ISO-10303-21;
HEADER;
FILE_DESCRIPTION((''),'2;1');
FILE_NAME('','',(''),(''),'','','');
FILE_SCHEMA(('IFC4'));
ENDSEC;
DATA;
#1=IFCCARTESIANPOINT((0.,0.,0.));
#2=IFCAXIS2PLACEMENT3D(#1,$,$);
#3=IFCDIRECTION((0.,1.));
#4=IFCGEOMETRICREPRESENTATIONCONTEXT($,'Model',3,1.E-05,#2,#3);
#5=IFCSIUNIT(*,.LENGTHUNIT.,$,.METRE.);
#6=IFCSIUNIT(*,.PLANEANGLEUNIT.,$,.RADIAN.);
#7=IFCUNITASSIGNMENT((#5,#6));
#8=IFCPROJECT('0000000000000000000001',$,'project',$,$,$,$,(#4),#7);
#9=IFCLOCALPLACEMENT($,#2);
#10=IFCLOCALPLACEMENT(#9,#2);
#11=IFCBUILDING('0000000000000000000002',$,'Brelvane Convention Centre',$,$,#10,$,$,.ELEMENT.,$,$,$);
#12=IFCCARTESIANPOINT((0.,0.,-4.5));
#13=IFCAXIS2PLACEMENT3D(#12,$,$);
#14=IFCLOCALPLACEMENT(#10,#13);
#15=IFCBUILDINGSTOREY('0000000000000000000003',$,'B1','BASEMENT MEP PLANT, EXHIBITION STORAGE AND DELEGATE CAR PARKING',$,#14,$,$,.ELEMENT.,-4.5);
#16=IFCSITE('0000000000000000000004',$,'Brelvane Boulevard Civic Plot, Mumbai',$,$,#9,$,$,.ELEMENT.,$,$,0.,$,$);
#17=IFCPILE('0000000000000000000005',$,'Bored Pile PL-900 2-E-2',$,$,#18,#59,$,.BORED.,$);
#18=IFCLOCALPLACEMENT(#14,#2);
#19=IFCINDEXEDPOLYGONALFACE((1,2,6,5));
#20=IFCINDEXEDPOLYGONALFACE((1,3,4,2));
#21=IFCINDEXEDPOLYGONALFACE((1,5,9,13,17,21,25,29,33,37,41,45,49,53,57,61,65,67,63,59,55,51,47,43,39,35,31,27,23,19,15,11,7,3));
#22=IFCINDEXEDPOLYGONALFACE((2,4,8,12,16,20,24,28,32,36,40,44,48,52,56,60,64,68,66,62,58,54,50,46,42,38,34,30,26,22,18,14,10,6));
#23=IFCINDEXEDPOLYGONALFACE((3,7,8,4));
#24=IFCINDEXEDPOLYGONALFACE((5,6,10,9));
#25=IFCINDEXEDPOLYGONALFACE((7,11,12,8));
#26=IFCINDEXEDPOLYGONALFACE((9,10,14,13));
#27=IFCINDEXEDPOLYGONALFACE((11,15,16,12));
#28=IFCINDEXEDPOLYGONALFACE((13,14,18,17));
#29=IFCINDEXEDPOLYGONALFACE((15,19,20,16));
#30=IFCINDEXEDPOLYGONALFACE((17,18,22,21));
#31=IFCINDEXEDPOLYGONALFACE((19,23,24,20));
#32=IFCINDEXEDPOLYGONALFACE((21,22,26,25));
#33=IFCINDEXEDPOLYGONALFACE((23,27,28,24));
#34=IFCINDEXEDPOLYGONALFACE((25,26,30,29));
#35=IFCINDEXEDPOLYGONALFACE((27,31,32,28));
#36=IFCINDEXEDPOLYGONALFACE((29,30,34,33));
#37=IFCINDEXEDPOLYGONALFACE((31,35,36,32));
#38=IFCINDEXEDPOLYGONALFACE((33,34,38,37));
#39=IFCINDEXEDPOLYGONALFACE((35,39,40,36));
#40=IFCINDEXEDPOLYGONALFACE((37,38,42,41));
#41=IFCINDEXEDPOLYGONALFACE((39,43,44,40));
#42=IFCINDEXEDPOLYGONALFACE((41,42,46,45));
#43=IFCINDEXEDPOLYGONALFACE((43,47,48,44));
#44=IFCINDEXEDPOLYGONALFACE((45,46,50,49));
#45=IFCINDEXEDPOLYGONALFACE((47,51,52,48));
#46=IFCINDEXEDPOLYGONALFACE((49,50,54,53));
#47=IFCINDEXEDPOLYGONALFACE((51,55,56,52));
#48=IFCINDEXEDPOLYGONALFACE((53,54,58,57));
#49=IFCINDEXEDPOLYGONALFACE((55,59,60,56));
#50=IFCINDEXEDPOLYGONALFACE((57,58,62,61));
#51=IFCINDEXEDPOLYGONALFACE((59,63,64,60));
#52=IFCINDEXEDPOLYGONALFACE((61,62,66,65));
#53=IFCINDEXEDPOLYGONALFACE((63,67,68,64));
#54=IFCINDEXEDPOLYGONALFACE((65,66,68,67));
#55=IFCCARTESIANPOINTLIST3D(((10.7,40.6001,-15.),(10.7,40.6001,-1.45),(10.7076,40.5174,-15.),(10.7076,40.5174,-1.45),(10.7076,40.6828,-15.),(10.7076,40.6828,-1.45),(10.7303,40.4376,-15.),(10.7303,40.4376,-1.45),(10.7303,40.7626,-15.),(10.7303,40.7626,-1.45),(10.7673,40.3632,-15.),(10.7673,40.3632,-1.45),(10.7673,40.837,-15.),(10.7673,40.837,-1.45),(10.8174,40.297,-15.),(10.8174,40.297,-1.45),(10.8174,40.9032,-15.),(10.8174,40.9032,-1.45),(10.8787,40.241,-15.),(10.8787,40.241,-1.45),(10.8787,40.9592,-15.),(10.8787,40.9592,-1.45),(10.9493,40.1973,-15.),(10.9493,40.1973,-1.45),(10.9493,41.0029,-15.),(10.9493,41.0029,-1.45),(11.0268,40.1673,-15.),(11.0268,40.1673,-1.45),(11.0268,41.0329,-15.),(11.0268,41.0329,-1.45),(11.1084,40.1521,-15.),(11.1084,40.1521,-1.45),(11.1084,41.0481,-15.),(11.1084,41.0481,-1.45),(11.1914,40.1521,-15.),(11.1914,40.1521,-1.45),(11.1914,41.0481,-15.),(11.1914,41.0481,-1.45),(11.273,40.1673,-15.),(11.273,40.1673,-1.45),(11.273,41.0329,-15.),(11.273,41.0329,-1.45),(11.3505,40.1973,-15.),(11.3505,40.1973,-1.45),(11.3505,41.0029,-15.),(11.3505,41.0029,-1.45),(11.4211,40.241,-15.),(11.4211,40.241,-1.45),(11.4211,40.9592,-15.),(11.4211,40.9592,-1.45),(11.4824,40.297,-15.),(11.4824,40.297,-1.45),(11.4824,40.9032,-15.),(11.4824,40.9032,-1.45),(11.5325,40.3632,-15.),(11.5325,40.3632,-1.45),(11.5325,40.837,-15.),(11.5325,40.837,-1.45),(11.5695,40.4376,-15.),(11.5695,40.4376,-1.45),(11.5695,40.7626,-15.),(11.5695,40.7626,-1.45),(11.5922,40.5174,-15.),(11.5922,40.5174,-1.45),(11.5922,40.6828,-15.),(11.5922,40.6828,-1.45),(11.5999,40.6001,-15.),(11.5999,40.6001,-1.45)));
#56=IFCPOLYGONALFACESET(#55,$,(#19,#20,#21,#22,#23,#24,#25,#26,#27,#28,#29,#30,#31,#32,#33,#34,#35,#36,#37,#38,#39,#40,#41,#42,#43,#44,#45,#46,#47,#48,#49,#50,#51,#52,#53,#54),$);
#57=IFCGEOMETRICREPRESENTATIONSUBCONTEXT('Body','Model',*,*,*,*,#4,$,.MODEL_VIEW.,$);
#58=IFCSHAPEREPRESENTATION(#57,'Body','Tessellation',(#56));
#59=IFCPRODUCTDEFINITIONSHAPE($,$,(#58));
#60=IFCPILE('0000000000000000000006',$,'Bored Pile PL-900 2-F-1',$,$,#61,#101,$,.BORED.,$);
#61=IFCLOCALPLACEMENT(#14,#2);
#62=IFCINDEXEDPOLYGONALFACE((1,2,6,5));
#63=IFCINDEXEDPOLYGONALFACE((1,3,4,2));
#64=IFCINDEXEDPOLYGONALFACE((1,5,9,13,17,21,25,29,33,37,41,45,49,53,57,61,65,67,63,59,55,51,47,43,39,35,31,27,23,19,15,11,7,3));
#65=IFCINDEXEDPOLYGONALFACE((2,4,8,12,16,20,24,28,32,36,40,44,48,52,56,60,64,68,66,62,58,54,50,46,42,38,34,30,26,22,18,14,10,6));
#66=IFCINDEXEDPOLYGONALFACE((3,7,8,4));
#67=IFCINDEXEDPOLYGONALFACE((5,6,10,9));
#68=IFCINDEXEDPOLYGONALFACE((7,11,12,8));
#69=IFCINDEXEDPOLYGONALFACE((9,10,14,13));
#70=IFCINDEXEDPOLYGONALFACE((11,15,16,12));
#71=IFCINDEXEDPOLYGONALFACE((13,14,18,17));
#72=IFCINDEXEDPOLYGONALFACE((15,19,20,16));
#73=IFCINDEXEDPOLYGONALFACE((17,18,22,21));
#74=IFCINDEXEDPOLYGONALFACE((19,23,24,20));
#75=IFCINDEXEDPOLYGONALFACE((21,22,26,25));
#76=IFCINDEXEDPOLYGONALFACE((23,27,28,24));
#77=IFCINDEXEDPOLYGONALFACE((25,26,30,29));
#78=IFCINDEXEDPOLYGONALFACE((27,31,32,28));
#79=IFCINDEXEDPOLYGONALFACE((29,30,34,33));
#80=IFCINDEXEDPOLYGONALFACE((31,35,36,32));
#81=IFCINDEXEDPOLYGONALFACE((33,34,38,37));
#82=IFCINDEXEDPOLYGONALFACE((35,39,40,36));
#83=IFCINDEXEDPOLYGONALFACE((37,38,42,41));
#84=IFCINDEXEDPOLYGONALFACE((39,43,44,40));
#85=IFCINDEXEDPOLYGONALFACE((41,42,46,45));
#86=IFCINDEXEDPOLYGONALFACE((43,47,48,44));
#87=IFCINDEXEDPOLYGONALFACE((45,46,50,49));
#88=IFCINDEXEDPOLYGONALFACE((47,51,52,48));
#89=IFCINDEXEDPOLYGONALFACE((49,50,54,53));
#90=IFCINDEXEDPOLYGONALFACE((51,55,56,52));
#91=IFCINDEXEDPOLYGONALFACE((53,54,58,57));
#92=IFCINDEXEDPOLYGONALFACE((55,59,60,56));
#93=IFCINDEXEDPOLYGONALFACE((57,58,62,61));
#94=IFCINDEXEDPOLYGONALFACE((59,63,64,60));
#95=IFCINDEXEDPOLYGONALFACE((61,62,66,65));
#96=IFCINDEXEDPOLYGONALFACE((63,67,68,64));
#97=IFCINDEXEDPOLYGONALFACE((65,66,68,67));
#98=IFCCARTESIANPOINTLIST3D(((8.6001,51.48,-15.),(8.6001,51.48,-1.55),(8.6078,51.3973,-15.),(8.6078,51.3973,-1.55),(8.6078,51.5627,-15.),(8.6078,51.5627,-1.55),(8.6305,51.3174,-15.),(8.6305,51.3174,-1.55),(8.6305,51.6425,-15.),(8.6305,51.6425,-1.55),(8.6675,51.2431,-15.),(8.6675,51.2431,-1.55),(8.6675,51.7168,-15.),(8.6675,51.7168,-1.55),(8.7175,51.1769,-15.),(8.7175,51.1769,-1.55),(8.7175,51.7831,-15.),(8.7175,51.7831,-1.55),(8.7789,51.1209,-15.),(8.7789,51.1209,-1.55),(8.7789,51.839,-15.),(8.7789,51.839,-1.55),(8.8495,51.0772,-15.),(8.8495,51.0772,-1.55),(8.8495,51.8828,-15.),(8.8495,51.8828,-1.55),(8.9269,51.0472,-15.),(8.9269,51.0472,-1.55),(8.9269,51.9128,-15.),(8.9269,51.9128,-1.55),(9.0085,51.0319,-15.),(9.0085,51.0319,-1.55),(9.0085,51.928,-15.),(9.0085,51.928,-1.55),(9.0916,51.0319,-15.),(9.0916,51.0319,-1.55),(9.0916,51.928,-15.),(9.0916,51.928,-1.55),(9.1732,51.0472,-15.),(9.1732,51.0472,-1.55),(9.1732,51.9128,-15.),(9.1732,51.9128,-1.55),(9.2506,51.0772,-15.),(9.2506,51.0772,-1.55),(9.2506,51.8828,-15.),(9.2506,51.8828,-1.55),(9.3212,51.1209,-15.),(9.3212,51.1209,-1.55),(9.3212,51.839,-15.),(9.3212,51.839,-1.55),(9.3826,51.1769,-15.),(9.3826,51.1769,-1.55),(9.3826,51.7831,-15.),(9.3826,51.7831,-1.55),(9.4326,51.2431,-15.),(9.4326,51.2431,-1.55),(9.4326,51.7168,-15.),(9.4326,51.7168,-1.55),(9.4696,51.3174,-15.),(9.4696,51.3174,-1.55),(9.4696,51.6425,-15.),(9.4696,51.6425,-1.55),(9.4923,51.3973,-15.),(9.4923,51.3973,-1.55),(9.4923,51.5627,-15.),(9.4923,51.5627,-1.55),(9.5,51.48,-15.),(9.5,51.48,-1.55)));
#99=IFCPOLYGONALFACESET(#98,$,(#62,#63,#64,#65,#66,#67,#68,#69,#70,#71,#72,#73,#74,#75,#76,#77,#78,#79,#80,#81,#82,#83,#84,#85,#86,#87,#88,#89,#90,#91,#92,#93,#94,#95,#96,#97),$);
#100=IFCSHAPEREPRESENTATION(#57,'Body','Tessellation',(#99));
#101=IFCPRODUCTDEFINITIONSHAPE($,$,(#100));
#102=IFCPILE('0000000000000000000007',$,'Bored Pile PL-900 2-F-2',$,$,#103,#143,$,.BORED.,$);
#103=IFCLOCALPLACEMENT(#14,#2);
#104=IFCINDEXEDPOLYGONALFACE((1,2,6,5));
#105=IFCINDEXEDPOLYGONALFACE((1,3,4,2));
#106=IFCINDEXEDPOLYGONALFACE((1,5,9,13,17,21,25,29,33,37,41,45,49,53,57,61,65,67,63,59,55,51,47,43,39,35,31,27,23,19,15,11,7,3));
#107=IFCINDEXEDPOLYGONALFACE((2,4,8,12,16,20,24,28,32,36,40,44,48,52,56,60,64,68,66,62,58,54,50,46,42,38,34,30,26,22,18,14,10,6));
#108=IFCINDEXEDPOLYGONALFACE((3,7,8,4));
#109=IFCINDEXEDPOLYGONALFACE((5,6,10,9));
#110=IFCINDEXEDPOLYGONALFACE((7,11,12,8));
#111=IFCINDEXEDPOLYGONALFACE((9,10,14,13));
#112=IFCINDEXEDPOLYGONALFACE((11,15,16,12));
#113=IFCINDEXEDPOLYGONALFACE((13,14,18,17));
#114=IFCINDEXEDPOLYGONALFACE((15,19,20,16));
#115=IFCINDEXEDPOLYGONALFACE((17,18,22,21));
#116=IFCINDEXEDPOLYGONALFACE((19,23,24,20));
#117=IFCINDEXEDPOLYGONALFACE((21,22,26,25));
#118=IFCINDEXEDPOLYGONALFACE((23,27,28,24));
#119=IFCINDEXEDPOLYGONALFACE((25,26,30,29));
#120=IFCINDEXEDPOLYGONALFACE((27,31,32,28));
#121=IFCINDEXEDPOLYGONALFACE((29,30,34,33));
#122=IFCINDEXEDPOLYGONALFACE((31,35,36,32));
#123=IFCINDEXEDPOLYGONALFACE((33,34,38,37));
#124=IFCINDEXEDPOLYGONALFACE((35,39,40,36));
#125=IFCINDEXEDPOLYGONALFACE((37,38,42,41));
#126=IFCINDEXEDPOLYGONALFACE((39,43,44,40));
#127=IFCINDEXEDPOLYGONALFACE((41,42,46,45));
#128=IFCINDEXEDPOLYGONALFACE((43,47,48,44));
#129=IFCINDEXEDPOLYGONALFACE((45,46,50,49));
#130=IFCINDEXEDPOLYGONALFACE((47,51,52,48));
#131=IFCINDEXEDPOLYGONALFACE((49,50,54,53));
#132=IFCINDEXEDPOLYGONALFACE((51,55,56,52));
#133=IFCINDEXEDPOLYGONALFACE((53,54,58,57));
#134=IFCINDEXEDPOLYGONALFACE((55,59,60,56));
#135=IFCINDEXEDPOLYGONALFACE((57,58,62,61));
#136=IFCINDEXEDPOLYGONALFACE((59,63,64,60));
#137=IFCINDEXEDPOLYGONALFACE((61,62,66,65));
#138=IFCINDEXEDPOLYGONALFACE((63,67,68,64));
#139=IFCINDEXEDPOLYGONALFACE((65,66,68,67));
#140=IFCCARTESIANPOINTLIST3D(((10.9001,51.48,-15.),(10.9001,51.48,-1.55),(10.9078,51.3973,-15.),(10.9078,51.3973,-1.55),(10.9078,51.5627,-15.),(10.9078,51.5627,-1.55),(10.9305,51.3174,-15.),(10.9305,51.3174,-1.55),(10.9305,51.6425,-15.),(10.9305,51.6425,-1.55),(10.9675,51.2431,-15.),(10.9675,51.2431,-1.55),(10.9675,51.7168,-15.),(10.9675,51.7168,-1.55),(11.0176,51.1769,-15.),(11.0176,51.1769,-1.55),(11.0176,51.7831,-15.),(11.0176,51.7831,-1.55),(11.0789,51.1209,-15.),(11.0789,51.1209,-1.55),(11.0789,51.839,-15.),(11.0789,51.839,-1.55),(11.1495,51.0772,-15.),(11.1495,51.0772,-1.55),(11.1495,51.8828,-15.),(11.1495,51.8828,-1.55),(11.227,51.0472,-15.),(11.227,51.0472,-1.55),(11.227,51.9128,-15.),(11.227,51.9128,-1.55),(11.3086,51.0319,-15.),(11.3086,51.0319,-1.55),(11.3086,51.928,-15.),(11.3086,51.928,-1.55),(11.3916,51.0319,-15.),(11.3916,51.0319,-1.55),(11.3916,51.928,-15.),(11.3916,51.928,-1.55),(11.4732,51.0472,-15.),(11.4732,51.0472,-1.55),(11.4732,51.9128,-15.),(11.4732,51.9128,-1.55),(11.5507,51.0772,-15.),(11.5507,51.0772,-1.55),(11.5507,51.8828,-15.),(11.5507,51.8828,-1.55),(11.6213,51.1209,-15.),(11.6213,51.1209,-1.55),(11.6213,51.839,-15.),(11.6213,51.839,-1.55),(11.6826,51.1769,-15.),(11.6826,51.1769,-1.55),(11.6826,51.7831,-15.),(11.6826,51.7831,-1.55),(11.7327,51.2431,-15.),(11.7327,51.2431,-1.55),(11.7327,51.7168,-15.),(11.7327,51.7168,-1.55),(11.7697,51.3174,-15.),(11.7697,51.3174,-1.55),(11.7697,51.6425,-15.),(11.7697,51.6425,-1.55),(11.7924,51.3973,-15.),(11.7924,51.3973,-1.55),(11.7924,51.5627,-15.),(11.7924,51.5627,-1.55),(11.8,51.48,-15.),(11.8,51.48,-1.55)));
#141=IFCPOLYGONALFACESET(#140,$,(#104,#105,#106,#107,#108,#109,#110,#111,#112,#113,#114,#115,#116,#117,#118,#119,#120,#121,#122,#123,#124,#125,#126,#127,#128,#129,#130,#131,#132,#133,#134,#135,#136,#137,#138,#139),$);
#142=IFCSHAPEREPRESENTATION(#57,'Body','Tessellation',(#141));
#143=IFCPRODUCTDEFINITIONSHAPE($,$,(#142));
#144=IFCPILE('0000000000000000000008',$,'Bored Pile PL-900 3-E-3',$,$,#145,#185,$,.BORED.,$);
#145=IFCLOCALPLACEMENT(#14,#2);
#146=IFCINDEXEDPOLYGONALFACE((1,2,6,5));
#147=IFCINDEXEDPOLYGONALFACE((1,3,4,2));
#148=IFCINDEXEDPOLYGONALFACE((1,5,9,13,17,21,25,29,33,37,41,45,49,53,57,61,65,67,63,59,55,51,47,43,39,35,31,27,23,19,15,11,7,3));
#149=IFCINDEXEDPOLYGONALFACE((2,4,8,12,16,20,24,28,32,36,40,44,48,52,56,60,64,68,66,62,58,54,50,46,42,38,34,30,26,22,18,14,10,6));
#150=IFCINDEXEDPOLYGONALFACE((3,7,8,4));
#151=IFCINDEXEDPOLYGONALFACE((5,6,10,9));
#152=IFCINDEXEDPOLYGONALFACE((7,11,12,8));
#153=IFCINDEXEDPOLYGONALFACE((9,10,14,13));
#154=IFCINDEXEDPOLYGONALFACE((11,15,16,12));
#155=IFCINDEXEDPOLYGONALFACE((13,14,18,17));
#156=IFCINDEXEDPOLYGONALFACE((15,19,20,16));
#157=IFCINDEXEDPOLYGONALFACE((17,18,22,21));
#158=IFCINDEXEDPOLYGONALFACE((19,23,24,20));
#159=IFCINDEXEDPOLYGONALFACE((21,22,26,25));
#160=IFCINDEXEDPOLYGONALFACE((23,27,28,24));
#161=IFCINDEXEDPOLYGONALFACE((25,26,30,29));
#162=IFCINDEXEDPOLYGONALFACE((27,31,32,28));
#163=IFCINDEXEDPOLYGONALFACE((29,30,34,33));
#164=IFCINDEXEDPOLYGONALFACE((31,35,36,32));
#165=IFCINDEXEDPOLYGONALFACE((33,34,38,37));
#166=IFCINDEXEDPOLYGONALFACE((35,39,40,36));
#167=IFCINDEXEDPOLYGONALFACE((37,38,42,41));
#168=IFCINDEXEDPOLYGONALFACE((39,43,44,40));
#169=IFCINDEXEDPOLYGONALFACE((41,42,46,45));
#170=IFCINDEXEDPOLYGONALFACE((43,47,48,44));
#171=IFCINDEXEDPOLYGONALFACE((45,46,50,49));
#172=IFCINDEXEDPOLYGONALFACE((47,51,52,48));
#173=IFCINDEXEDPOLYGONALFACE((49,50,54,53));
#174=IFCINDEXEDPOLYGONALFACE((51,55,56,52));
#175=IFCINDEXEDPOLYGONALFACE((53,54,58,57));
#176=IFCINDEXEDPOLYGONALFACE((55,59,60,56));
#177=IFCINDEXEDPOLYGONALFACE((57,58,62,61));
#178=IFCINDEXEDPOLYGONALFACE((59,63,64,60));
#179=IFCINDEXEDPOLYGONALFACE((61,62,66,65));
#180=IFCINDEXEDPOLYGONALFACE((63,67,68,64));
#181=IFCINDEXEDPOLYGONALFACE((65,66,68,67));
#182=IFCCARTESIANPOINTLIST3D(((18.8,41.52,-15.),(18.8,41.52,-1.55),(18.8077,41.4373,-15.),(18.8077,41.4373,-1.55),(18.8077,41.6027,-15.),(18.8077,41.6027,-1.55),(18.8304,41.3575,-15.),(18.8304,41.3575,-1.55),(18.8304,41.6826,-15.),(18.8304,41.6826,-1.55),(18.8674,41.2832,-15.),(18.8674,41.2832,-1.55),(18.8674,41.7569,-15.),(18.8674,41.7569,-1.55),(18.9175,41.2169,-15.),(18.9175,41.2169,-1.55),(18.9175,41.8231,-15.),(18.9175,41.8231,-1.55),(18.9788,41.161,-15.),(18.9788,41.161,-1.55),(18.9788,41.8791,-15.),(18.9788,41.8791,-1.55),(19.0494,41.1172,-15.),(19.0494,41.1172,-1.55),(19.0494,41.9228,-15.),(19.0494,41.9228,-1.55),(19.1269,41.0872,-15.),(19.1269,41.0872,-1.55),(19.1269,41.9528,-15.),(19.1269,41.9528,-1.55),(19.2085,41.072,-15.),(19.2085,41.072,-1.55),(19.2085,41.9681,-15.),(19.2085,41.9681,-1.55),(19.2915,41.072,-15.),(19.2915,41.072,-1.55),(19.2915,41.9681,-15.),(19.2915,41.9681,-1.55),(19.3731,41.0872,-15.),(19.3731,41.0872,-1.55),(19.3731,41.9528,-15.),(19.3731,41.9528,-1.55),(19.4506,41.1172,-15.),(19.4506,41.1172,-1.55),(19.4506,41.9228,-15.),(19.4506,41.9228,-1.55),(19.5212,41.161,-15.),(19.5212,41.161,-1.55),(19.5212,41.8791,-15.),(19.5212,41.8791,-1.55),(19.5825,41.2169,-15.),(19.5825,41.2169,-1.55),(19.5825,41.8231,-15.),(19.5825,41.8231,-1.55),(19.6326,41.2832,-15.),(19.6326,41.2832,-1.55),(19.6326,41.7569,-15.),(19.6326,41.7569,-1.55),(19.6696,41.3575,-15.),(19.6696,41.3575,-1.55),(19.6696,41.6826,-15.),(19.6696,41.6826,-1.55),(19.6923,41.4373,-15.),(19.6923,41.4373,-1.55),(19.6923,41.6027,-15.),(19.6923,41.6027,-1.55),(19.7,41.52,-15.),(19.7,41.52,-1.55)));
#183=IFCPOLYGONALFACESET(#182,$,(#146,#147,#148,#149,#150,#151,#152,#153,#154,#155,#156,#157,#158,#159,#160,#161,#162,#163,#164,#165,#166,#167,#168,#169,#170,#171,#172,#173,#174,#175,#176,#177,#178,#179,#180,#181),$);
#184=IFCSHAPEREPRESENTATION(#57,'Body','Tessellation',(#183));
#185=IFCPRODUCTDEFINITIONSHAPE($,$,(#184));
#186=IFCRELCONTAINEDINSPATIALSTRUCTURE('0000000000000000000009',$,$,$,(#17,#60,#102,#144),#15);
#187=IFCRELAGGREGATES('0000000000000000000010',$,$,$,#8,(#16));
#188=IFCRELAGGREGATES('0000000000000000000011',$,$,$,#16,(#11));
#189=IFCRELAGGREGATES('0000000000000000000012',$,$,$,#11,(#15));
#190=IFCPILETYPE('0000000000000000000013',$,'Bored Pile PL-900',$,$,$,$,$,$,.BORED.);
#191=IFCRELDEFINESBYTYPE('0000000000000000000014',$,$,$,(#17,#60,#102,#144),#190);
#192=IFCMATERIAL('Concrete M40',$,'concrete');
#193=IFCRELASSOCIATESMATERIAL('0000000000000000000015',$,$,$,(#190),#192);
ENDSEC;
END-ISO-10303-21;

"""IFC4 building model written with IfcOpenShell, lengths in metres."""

from ifc_helpers import new_model, si_unit, direction, frame, origin, origin_2d, place, context, subcontext, project, spatial, circle, extrude, material, material_profile, profile_set, type_object, element, save


model = new_model("IFC4")

# Units and contexts
model_context = context("Model", 3, precision=1e-05, world=origin(), true_north=direction((0.0, 1.0)))
body_context = subcontext(model_context, "Body", "Model", "MODEL_VIEW")
ifc_project = project(units=[si_unit("LENGTHUNIT", "METRE"), si_unit("PLANEANGLEUNIT", "RADIAN")], contexts=[model_context])

# Site, building, storey
site_placement = place(None, origin())
site = spatial("IfcSite", under=ifc_project, at=site_placement, Name="Brelvane Boulevard Civic Plot, Mumbai", CompositionType="ELEMENT", RefElevation=0.0)
building_placement = place(site_placement, origin())
building = spatial("IfcBuilding", under=site, at=building_placement, Name="Brelvane Convention Centre", CompositionType="ELEMENT")
storey_placement = place(building_placement, frame((0.0, 0.0, -4.5)))
storey = spatial("IfcBuildingStorey", under=building, at=storey_placement, Name="B1", Description="BASEMENT MEP PLANT, EXHIBITION STORAGE AND DELEGATE CAR PARKING", CompositionType="ELEMENT", Elevation=-4.5)

# Piles
ifc_material_1 = material(Name="Concrete M40", Category="concrete")
ifc_material_profile_1 = material_profile(ifc_material_1, circle(Radius=0.45, at=origin_2d()), Name="PILE D900")
ifc_profile_set_1 = profile_set([ifc_material_profile_1], Name="Concrete M40")
pile_type_1 = type_object("IfcPileType", Name="Bored Pile PL-900", PredefinedType="BORED", material=ifc_profile_set_1)
pile_placement = place(storey_placement, frame((11.1499, 40.6001, -1.45), z_axis=(0.0, 0.0, -1.0), x_axis=(1.0, 0.0, 0.0)))
element("IfcPile", 1, at=pile_placement, inside=storey, type_object=pile_type_1, Name="Bored Pile PL-900 2-E-2", PredefinedType="BORED", context=body_context, shape_type="SweptSolid", body=[
    extrude(circle(Radius=0.45, at=origin_2d()), origin(), (0.0, 0.0, 1.0), 13.55),
])
for number, where, z_axis, x_axis, name in (
    (2, (9.05, 51.48, -1.55), (0.0, 0.0, -1.0), (1.0, 0.0, 0.0), "Bored Pile PL-900 2-F-1"),
    (3, (11.3501, 51.48, -1.55), (0.0, 0.0, -1.0), (1.0, 0.0, 0.0), "Bored Pile PL-900 2-F-2"),
    (4, (19.25, 41.52, -1.55), (0.0, 0.0, -1.0), (1.0, 0.0, 0.0), "Bored Pile PL-900 3-E-3"),
):
    element("IfcPile", number, at=place(storey_placement, frame(where, z_axis=z_axis, x_axis=x_axis)), inside=storey, type_object=pile_type_1, Name=name, PredefinedType="BORED", context=body_context, shape_type="SweptSolid", body=[
        extrude(circle(Radius=0.45, at=origin_2d()), origin(), (0.0, 0.0, 1.0), 13.45),
    ])

save(model, "model.ifc")
